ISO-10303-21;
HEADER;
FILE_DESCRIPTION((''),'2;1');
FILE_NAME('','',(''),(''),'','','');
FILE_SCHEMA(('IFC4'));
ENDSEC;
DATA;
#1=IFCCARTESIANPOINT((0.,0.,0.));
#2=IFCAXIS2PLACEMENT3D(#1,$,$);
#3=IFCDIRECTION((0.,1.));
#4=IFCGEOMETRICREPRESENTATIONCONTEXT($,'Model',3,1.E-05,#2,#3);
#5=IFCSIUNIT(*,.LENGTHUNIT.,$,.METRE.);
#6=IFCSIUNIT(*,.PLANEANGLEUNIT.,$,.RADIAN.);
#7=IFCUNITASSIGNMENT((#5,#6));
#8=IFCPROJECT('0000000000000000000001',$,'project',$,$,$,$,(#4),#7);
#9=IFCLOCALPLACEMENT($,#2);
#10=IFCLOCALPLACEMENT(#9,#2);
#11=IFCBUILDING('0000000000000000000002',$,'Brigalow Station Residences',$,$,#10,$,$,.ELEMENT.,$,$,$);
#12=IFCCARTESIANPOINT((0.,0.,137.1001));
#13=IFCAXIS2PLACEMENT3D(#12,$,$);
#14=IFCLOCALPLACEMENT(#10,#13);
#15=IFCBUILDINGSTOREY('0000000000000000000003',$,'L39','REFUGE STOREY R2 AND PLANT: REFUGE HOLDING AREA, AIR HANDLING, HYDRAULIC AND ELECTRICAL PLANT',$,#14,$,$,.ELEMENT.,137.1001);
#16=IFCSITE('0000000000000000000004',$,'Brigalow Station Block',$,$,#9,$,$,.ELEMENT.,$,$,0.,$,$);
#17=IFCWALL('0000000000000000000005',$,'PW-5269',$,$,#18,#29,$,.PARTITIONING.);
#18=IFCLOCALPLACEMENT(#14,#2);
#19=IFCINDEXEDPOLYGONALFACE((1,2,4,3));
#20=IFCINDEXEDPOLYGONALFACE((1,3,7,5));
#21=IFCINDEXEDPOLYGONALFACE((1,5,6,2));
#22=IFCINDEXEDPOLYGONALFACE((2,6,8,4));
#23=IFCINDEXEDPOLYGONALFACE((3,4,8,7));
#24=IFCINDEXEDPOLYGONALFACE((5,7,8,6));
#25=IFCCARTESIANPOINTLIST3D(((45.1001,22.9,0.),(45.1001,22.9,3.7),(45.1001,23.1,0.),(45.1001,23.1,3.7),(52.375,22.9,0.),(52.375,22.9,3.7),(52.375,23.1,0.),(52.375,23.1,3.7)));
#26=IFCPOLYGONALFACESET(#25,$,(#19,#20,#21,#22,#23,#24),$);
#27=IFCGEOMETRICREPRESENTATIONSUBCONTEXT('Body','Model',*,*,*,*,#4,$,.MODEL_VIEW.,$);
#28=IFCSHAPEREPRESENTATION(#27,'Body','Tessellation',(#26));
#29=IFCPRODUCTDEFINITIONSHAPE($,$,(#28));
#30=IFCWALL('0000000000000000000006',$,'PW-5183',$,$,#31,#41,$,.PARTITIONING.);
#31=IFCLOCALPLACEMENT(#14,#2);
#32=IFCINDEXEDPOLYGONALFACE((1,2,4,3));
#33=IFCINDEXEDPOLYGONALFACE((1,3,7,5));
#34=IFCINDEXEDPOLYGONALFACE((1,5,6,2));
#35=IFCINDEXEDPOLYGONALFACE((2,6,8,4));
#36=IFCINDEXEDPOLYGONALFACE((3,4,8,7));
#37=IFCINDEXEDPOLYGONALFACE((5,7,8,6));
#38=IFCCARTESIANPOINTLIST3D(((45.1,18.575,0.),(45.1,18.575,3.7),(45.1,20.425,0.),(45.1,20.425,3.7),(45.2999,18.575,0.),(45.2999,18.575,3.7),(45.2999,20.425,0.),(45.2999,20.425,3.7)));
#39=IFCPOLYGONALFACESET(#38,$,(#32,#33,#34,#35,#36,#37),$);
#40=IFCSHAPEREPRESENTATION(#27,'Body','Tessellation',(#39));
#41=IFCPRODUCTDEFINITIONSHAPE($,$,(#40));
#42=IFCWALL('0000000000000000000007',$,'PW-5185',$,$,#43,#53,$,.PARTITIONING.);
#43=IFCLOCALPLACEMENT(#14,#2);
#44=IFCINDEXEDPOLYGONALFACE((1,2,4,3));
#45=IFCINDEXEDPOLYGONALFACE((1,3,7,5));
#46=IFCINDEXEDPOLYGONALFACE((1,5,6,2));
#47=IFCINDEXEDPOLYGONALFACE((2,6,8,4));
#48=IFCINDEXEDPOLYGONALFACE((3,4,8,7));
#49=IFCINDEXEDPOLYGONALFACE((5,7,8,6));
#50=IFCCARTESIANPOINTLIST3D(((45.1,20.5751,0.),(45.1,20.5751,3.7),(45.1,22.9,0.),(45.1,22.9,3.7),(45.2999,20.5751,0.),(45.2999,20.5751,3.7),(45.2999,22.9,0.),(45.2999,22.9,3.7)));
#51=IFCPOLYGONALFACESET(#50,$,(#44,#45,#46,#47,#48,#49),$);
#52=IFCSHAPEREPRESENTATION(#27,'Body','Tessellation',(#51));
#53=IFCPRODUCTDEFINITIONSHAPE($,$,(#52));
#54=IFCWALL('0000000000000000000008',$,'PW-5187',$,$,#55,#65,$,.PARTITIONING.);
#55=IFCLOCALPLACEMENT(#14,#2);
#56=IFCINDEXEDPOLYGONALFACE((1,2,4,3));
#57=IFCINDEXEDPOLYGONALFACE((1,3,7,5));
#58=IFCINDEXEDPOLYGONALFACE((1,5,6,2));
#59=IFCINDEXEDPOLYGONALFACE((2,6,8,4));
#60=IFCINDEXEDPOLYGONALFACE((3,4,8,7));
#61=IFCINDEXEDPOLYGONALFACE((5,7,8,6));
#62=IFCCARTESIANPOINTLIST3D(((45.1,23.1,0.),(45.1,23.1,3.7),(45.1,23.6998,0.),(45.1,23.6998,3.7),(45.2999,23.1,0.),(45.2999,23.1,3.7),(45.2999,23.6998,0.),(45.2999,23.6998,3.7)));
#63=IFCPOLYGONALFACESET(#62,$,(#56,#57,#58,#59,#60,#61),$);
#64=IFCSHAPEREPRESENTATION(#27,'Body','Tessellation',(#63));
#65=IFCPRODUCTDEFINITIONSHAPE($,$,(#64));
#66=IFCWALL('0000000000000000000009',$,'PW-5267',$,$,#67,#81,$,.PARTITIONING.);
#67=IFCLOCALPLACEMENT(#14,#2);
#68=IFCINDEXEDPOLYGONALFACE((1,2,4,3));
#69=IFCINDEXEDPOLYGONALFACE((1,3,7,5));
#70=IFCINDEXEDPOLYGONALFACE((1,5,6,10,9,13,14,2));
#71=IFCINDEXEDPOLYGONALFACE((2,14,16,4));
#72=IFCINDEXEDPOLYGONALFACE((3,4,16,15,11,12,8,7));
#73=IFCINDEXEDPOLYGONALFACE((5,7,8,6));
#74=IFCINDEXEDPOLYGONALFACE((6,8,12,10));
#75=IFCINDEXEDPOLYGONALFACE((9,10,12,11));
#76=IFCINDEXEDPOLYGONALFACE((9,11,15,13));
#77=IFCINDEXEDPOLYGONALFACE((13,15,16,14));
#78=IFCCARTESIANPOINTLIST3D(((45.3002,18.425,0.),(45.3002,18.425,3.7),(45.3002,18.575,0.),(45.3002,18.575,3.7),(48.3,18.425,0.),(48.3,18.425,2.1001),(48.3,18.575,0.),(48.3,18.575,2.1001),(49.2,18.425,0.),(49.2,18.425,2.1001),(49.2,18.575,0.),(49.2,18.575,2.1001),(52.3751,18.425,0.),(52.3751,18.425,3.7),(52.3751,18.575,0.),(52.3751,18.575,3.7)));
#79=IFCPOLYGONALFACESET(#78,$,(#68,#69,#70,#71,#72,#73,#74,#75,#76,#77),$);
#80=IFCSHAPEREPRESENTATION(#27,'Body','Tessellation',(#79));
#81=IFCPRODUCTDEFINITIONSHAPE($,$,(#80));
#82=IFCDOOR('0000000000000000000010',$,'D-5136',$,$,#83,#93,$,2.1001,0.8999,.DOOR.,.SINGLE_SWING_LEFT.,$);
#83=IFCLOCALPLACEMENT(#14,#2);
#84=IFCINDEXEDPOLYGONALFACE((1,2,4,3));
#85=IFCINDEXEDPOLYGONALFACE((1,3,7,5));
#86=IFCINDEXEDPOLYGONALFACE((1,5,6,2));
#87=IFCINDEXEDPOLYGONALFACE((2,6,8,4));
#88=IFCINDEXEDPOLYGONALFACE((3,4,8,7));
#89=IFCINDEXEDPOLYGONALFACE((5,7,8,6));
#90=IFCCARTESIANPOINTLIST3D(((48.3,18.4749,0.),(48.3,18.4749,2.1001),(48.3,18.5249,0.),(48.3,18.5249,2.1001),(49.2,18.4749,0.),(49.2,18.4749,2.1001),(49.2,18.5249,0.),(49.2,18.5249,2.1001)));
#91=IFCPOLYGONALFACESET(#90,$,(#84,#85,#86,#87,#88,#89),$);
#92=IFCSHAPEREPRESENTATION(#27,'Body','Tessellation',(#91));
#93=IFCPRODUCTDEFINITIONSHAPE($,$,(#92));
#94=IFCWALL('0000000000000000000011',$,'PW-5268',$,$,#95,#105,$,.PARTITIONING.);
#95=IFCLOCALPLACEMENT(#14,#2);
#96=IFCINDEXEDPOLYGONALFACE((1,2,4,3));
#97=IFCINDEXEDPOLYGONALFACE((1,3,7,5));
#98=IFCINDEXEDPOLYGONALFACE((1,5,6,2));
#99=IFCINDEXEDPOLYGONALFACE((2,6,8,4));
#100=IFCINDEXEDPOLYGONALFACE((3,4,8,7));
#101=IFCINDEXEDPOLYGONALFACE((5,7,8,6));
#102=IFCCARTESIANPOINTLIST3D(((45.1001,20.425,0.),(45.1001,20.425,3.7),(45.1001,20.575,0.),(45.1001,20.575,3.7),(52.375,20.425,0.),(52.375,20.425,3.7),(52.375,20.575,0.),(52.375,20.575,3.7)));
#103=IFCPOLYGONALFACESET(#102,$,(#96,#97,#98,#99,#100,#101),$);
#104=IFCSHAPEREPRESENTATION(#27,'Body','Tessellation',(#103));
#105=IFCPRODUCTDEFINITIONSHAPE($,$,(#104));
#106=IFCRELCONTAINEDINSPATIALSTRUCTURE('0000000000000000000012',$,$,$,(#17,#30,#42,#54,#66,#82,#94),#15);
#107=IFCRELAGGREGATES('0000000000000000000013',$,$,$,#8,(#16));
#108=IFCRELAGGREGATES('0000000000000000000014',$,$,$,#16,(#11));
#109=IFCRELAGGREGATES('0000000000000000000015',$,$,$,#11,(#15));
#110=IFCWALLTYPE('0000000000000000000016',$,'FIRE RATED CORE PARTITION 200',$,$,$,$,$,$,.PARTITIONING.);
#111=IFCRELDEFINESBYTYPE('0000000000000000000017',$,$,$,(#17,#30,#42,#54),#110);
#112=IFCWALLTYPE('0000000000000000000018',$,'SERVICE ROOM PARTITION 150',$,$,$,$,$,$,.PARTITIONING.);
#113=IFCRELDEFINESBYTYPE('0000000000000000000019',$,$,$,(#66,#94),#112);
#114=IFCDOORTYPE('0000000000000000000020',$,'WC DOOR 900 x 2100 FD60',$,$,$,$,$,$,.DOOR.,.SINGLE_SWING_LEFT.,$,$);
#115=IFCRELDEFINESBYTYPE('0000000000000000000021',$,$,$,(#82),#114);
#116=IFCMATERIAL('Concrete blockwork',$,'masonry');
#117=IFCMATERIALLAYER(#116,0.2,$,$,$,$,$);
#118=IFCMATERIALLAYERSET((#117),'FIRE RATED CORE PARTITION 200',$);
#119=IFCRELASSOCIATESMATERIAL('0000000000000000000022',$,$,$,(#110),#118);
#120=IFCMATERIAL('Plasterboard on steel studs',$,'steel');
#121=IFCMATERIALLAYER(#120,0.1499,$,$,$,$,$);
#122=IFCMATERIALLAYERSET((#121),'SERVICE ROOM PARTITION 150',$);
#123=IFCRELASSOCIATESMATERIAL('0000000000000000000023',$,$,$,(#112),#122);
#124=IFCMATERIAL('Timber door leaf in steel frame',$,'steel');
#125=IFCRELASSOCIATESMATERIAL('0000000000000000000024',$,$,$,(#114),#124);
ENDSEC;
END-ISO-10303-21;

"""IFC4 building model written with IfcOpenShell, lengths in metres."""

from ifc_helpers import new_model, si_unit, direction, frame, frame_2d, origin, place, context, subcontext, project, spatial, rectangle, extrude, material, layer, layer_set, type_object, element, fill, save


model = new_model("IFC4")

# Units and contexts
model_context = context("Model", 3, precision=1e-05, world=origin(), true_north=direction((0.0, 1.0)))
body_context = subcontext(model_context, "Body", "Model", "MODEL_VIEW")
ifc_project = project(units=[si_unit("LENGTHUNIT", "METRE"), si_unit("PLANEANGLEUNIT", "RADIAN")], contexts=[model_context])

# Site, building, storey
site_placement = place(None, origin())
site = spatial("IfcSite", under=ifc_project, at=site_placement, Name="Brigalow Station Block", CompositionType="ELEMENT", RefElevation=0.0)
building_placement = place(site_placement, origin())
building = spatial("IfcBuilding", under=site, at=building_placement, Name="Brigalow Station Residences", CompositionType="ELEMENT")
storey_placement = place(building_placement, frame((0.0, 0.0, 137.1001)))
storey = spatial("IfcBuildingStorey", under=building, at=storey_placement, Name="L39", Description="REFUGE STOREY R2 AND PLANT: REFUGE HOLDING AREA, AIR HANDLING, HYDRAULIC AND ELECTRICAL PLANT", CompositionType="ELEMENT", Elevation=137.1001)

# Shared definitions
ifc_material_1 = material(Name="Concrete blockwork", Category="masonry")
ifc_layer_1 = layer(ifc_material_1, 0.2)
ifc_layer_set_1 = layer_set([ifc_layer_1], Name="FIRE RATED CORE PARTITION 200")
wall_type_1 = type_object("IfcWallType", Name="FIRE RATED CORE PARTITION 200", PredefinedType="PARTITIONING", material=ifc_layer_set_1)

# Walls
wall_1_placement = place(storey_placement, frame((45.1001, 23.0, 0.0), z_axis=(0.0, 0.0, 1.0), x_axis=(1.0, 0.0, 0.0)))
element("IfcWall", 1, at=wall_1_placement, inside=storey, type_object=wall_type_1, Name="PW-5269", PredefinedType="PARTITIONING", context=body_context, shape_type="SweptSolid", body=[
    extrude(rectangle(XDim=7.2749, YDim=0.2, at=frame_2d((3.6375, 0.0))), origin(), (0.0, 0.0, 1.0), 3.7),
])
wall_2_placement = place(storey_placement, frame((45.2, 18.575, 0.0), z_axis=(0.0, 0.0, 1.0), x_axis=(0.0, 1.0, 0.0)))
element("IfcWall", 2, at=wall_2_placement, inside=storey, type_object=wall_type_1, Name="PW-5183", PredefinedType="PARTITIONING", context=body_context, shape_type="SweptSolid", body=[
    extrude(rectangle(XDim=1.8501, YDim=0.2, at=frame_2d((0.925, 0.0))), origin(), (0.0, 0.0, 1.0), 3.7),
])
wall_3_placement = place(storey_placement, frame((45.2, 20.575, 0.0), z_axis=(0.0, 0.0, 1.0), x_axis=(0.0, 1.0, 0.0)))
element("IfcWall", 3, at=wall_3_placement, inside=storey, type_object=wall_type_1, Name="PW-5185", PredefinedType="PARTITIONING", context=body_context, shape_type="SweptSolid", body=[
    extrude(rectangle(XDim=2.325, YDim=0.2, at=frame_2d((1.1626, 0.0))), origin(), (0.0, 0.0, 1.0), 3.7),
])
wall_4_placement = place(storey_placement, frame((45.2, 23.1001, 0.0), z_axis=(0.0, 0.0, 1.0), x_axis=(0.0, 1.0, 0.0)))
element("IfcWall", 4, at=wall_4_placement, inside=storey, type_object=wall_type_1, Name="PW-5187", PredefinedType="PARTITIONING", context=body_context, shape_type="SweptSolid", body=[
    extrude(rectangle(XDim=0.5999, YDim=0.2, at=frame_2d((0.2998, 0.0))), origin(), (0.0, 0.0, 1.0), 3.7),
])

# Wall, opening, door
ifc_material_2 = material(Name="Plasterboard on steel studs", Category="steel")
ifc_layer_2 = layer(ifc_material_2, 0.1499)
ifc_layer_set_2 = layer_set([ifc_layer_2], Name="SERVICE ROOM PARTITION 150")
wall_type_2 = type_object("IfcWallType", Name="SERVICE ROOM PARTITION 150", PredefinedType="PARTITIONING", material=ifc_layer_set_2)
wall_5_placement = place(storey_placement, frame((45.3, 18.5, 0.0), z_axis=(0.0, 0.0, 1.0), x_axis=(1.0, 0.0, 0.0)))
wall_5 = element("IfcWall", 5, at=wall_5_placement, inside=storey, type_object=wall_type_2, Name="PW-5267", PredefinedType="PARTITIONING", context=body_context, shape_type="SweptSolid", body=[
    extrude(rectangle(XDim=7.075, YDim=0.1499, at=frame_2d((3.5376, 0.0))), origin(), (0.0, 0.0, 1.0), 3.7),
])
opening_1_placement = place(wall_5_placement, frame((3.0, 0.0, 0.0)))
opening_1 = element("IfcOpeningElement", 6, at=opening_1_placement, cuts=wall_5, PredefinedType="OPENING", context=body_context, shape_type="SweptSolid", body=[
    extrude(rectangle(XDim=0.8999, YDim=2.1001, at=frame_2d((0.45, 1.05))), frame((0.0, 0.085, 0.0), z_axis=(0.0, -1.0, 0.0), x_axis=(1.0, 0.0, 0.0)), (0.0, 0.0, 1.0), 0.1699),
])
ifc_material_3 = material(Name="Timber door leaf in steel frame", Category="steel")
door_type_1 = type_object("IfcDoorType", Name="WC DOOR 900 x 2100 FD60", OperationType="SINGLE_SWING_LEFT", PredefinedType="DOOR", material=ifc_material_3)
door_1_placement = place(opening_1_placement, origin())
door_1 = element("IfcDoor", 7, at=door_1_placement, inside=storey, type_object=door_type_1, Name="D-5136", OperationType="SINGLE_SWING_LEFT", OverallHeight=2.1001, OverallWidth=0.8999, PredefinedType="DOOR", context=body_context, shape_type="SweptSolid", body=[
    extrude(rectangle(XDim=0.8999, YDim=2.1001, at=frame_2d((0.45, 1.05))), frame((0.0, 0.0249, 0.0), z_axis=(0.0, -1.0, 0.0), x_axis=(1.0, 0.0, 0.0)), (0.0, 0.0, 1.0), 0.05),
])
fill(opening_1, door_1)

# Wall
wall_6_placement = place(storey_placement, frame((45.1001, 20.5, 0.0), z_axis=(0.0, 0.0, 1.0), x_axis=(1.0, 0.0, 0.0)))
element("IfcWall", 8, at=wall_6_placement, inside=storey, type_object=wall_type_2, Name="PW-5268", PredefinedType="PARTITIONING", context=body_context, shape_type="SweptSolid", body=[
    extrude(rectangle(XDim=7.2749, YDim=0.1499, at=frame_2d((3.6375, 0.0))), origin(), (0.0, 0.0, 1.0), 3.7),
])

save(model, "model.ifc")
